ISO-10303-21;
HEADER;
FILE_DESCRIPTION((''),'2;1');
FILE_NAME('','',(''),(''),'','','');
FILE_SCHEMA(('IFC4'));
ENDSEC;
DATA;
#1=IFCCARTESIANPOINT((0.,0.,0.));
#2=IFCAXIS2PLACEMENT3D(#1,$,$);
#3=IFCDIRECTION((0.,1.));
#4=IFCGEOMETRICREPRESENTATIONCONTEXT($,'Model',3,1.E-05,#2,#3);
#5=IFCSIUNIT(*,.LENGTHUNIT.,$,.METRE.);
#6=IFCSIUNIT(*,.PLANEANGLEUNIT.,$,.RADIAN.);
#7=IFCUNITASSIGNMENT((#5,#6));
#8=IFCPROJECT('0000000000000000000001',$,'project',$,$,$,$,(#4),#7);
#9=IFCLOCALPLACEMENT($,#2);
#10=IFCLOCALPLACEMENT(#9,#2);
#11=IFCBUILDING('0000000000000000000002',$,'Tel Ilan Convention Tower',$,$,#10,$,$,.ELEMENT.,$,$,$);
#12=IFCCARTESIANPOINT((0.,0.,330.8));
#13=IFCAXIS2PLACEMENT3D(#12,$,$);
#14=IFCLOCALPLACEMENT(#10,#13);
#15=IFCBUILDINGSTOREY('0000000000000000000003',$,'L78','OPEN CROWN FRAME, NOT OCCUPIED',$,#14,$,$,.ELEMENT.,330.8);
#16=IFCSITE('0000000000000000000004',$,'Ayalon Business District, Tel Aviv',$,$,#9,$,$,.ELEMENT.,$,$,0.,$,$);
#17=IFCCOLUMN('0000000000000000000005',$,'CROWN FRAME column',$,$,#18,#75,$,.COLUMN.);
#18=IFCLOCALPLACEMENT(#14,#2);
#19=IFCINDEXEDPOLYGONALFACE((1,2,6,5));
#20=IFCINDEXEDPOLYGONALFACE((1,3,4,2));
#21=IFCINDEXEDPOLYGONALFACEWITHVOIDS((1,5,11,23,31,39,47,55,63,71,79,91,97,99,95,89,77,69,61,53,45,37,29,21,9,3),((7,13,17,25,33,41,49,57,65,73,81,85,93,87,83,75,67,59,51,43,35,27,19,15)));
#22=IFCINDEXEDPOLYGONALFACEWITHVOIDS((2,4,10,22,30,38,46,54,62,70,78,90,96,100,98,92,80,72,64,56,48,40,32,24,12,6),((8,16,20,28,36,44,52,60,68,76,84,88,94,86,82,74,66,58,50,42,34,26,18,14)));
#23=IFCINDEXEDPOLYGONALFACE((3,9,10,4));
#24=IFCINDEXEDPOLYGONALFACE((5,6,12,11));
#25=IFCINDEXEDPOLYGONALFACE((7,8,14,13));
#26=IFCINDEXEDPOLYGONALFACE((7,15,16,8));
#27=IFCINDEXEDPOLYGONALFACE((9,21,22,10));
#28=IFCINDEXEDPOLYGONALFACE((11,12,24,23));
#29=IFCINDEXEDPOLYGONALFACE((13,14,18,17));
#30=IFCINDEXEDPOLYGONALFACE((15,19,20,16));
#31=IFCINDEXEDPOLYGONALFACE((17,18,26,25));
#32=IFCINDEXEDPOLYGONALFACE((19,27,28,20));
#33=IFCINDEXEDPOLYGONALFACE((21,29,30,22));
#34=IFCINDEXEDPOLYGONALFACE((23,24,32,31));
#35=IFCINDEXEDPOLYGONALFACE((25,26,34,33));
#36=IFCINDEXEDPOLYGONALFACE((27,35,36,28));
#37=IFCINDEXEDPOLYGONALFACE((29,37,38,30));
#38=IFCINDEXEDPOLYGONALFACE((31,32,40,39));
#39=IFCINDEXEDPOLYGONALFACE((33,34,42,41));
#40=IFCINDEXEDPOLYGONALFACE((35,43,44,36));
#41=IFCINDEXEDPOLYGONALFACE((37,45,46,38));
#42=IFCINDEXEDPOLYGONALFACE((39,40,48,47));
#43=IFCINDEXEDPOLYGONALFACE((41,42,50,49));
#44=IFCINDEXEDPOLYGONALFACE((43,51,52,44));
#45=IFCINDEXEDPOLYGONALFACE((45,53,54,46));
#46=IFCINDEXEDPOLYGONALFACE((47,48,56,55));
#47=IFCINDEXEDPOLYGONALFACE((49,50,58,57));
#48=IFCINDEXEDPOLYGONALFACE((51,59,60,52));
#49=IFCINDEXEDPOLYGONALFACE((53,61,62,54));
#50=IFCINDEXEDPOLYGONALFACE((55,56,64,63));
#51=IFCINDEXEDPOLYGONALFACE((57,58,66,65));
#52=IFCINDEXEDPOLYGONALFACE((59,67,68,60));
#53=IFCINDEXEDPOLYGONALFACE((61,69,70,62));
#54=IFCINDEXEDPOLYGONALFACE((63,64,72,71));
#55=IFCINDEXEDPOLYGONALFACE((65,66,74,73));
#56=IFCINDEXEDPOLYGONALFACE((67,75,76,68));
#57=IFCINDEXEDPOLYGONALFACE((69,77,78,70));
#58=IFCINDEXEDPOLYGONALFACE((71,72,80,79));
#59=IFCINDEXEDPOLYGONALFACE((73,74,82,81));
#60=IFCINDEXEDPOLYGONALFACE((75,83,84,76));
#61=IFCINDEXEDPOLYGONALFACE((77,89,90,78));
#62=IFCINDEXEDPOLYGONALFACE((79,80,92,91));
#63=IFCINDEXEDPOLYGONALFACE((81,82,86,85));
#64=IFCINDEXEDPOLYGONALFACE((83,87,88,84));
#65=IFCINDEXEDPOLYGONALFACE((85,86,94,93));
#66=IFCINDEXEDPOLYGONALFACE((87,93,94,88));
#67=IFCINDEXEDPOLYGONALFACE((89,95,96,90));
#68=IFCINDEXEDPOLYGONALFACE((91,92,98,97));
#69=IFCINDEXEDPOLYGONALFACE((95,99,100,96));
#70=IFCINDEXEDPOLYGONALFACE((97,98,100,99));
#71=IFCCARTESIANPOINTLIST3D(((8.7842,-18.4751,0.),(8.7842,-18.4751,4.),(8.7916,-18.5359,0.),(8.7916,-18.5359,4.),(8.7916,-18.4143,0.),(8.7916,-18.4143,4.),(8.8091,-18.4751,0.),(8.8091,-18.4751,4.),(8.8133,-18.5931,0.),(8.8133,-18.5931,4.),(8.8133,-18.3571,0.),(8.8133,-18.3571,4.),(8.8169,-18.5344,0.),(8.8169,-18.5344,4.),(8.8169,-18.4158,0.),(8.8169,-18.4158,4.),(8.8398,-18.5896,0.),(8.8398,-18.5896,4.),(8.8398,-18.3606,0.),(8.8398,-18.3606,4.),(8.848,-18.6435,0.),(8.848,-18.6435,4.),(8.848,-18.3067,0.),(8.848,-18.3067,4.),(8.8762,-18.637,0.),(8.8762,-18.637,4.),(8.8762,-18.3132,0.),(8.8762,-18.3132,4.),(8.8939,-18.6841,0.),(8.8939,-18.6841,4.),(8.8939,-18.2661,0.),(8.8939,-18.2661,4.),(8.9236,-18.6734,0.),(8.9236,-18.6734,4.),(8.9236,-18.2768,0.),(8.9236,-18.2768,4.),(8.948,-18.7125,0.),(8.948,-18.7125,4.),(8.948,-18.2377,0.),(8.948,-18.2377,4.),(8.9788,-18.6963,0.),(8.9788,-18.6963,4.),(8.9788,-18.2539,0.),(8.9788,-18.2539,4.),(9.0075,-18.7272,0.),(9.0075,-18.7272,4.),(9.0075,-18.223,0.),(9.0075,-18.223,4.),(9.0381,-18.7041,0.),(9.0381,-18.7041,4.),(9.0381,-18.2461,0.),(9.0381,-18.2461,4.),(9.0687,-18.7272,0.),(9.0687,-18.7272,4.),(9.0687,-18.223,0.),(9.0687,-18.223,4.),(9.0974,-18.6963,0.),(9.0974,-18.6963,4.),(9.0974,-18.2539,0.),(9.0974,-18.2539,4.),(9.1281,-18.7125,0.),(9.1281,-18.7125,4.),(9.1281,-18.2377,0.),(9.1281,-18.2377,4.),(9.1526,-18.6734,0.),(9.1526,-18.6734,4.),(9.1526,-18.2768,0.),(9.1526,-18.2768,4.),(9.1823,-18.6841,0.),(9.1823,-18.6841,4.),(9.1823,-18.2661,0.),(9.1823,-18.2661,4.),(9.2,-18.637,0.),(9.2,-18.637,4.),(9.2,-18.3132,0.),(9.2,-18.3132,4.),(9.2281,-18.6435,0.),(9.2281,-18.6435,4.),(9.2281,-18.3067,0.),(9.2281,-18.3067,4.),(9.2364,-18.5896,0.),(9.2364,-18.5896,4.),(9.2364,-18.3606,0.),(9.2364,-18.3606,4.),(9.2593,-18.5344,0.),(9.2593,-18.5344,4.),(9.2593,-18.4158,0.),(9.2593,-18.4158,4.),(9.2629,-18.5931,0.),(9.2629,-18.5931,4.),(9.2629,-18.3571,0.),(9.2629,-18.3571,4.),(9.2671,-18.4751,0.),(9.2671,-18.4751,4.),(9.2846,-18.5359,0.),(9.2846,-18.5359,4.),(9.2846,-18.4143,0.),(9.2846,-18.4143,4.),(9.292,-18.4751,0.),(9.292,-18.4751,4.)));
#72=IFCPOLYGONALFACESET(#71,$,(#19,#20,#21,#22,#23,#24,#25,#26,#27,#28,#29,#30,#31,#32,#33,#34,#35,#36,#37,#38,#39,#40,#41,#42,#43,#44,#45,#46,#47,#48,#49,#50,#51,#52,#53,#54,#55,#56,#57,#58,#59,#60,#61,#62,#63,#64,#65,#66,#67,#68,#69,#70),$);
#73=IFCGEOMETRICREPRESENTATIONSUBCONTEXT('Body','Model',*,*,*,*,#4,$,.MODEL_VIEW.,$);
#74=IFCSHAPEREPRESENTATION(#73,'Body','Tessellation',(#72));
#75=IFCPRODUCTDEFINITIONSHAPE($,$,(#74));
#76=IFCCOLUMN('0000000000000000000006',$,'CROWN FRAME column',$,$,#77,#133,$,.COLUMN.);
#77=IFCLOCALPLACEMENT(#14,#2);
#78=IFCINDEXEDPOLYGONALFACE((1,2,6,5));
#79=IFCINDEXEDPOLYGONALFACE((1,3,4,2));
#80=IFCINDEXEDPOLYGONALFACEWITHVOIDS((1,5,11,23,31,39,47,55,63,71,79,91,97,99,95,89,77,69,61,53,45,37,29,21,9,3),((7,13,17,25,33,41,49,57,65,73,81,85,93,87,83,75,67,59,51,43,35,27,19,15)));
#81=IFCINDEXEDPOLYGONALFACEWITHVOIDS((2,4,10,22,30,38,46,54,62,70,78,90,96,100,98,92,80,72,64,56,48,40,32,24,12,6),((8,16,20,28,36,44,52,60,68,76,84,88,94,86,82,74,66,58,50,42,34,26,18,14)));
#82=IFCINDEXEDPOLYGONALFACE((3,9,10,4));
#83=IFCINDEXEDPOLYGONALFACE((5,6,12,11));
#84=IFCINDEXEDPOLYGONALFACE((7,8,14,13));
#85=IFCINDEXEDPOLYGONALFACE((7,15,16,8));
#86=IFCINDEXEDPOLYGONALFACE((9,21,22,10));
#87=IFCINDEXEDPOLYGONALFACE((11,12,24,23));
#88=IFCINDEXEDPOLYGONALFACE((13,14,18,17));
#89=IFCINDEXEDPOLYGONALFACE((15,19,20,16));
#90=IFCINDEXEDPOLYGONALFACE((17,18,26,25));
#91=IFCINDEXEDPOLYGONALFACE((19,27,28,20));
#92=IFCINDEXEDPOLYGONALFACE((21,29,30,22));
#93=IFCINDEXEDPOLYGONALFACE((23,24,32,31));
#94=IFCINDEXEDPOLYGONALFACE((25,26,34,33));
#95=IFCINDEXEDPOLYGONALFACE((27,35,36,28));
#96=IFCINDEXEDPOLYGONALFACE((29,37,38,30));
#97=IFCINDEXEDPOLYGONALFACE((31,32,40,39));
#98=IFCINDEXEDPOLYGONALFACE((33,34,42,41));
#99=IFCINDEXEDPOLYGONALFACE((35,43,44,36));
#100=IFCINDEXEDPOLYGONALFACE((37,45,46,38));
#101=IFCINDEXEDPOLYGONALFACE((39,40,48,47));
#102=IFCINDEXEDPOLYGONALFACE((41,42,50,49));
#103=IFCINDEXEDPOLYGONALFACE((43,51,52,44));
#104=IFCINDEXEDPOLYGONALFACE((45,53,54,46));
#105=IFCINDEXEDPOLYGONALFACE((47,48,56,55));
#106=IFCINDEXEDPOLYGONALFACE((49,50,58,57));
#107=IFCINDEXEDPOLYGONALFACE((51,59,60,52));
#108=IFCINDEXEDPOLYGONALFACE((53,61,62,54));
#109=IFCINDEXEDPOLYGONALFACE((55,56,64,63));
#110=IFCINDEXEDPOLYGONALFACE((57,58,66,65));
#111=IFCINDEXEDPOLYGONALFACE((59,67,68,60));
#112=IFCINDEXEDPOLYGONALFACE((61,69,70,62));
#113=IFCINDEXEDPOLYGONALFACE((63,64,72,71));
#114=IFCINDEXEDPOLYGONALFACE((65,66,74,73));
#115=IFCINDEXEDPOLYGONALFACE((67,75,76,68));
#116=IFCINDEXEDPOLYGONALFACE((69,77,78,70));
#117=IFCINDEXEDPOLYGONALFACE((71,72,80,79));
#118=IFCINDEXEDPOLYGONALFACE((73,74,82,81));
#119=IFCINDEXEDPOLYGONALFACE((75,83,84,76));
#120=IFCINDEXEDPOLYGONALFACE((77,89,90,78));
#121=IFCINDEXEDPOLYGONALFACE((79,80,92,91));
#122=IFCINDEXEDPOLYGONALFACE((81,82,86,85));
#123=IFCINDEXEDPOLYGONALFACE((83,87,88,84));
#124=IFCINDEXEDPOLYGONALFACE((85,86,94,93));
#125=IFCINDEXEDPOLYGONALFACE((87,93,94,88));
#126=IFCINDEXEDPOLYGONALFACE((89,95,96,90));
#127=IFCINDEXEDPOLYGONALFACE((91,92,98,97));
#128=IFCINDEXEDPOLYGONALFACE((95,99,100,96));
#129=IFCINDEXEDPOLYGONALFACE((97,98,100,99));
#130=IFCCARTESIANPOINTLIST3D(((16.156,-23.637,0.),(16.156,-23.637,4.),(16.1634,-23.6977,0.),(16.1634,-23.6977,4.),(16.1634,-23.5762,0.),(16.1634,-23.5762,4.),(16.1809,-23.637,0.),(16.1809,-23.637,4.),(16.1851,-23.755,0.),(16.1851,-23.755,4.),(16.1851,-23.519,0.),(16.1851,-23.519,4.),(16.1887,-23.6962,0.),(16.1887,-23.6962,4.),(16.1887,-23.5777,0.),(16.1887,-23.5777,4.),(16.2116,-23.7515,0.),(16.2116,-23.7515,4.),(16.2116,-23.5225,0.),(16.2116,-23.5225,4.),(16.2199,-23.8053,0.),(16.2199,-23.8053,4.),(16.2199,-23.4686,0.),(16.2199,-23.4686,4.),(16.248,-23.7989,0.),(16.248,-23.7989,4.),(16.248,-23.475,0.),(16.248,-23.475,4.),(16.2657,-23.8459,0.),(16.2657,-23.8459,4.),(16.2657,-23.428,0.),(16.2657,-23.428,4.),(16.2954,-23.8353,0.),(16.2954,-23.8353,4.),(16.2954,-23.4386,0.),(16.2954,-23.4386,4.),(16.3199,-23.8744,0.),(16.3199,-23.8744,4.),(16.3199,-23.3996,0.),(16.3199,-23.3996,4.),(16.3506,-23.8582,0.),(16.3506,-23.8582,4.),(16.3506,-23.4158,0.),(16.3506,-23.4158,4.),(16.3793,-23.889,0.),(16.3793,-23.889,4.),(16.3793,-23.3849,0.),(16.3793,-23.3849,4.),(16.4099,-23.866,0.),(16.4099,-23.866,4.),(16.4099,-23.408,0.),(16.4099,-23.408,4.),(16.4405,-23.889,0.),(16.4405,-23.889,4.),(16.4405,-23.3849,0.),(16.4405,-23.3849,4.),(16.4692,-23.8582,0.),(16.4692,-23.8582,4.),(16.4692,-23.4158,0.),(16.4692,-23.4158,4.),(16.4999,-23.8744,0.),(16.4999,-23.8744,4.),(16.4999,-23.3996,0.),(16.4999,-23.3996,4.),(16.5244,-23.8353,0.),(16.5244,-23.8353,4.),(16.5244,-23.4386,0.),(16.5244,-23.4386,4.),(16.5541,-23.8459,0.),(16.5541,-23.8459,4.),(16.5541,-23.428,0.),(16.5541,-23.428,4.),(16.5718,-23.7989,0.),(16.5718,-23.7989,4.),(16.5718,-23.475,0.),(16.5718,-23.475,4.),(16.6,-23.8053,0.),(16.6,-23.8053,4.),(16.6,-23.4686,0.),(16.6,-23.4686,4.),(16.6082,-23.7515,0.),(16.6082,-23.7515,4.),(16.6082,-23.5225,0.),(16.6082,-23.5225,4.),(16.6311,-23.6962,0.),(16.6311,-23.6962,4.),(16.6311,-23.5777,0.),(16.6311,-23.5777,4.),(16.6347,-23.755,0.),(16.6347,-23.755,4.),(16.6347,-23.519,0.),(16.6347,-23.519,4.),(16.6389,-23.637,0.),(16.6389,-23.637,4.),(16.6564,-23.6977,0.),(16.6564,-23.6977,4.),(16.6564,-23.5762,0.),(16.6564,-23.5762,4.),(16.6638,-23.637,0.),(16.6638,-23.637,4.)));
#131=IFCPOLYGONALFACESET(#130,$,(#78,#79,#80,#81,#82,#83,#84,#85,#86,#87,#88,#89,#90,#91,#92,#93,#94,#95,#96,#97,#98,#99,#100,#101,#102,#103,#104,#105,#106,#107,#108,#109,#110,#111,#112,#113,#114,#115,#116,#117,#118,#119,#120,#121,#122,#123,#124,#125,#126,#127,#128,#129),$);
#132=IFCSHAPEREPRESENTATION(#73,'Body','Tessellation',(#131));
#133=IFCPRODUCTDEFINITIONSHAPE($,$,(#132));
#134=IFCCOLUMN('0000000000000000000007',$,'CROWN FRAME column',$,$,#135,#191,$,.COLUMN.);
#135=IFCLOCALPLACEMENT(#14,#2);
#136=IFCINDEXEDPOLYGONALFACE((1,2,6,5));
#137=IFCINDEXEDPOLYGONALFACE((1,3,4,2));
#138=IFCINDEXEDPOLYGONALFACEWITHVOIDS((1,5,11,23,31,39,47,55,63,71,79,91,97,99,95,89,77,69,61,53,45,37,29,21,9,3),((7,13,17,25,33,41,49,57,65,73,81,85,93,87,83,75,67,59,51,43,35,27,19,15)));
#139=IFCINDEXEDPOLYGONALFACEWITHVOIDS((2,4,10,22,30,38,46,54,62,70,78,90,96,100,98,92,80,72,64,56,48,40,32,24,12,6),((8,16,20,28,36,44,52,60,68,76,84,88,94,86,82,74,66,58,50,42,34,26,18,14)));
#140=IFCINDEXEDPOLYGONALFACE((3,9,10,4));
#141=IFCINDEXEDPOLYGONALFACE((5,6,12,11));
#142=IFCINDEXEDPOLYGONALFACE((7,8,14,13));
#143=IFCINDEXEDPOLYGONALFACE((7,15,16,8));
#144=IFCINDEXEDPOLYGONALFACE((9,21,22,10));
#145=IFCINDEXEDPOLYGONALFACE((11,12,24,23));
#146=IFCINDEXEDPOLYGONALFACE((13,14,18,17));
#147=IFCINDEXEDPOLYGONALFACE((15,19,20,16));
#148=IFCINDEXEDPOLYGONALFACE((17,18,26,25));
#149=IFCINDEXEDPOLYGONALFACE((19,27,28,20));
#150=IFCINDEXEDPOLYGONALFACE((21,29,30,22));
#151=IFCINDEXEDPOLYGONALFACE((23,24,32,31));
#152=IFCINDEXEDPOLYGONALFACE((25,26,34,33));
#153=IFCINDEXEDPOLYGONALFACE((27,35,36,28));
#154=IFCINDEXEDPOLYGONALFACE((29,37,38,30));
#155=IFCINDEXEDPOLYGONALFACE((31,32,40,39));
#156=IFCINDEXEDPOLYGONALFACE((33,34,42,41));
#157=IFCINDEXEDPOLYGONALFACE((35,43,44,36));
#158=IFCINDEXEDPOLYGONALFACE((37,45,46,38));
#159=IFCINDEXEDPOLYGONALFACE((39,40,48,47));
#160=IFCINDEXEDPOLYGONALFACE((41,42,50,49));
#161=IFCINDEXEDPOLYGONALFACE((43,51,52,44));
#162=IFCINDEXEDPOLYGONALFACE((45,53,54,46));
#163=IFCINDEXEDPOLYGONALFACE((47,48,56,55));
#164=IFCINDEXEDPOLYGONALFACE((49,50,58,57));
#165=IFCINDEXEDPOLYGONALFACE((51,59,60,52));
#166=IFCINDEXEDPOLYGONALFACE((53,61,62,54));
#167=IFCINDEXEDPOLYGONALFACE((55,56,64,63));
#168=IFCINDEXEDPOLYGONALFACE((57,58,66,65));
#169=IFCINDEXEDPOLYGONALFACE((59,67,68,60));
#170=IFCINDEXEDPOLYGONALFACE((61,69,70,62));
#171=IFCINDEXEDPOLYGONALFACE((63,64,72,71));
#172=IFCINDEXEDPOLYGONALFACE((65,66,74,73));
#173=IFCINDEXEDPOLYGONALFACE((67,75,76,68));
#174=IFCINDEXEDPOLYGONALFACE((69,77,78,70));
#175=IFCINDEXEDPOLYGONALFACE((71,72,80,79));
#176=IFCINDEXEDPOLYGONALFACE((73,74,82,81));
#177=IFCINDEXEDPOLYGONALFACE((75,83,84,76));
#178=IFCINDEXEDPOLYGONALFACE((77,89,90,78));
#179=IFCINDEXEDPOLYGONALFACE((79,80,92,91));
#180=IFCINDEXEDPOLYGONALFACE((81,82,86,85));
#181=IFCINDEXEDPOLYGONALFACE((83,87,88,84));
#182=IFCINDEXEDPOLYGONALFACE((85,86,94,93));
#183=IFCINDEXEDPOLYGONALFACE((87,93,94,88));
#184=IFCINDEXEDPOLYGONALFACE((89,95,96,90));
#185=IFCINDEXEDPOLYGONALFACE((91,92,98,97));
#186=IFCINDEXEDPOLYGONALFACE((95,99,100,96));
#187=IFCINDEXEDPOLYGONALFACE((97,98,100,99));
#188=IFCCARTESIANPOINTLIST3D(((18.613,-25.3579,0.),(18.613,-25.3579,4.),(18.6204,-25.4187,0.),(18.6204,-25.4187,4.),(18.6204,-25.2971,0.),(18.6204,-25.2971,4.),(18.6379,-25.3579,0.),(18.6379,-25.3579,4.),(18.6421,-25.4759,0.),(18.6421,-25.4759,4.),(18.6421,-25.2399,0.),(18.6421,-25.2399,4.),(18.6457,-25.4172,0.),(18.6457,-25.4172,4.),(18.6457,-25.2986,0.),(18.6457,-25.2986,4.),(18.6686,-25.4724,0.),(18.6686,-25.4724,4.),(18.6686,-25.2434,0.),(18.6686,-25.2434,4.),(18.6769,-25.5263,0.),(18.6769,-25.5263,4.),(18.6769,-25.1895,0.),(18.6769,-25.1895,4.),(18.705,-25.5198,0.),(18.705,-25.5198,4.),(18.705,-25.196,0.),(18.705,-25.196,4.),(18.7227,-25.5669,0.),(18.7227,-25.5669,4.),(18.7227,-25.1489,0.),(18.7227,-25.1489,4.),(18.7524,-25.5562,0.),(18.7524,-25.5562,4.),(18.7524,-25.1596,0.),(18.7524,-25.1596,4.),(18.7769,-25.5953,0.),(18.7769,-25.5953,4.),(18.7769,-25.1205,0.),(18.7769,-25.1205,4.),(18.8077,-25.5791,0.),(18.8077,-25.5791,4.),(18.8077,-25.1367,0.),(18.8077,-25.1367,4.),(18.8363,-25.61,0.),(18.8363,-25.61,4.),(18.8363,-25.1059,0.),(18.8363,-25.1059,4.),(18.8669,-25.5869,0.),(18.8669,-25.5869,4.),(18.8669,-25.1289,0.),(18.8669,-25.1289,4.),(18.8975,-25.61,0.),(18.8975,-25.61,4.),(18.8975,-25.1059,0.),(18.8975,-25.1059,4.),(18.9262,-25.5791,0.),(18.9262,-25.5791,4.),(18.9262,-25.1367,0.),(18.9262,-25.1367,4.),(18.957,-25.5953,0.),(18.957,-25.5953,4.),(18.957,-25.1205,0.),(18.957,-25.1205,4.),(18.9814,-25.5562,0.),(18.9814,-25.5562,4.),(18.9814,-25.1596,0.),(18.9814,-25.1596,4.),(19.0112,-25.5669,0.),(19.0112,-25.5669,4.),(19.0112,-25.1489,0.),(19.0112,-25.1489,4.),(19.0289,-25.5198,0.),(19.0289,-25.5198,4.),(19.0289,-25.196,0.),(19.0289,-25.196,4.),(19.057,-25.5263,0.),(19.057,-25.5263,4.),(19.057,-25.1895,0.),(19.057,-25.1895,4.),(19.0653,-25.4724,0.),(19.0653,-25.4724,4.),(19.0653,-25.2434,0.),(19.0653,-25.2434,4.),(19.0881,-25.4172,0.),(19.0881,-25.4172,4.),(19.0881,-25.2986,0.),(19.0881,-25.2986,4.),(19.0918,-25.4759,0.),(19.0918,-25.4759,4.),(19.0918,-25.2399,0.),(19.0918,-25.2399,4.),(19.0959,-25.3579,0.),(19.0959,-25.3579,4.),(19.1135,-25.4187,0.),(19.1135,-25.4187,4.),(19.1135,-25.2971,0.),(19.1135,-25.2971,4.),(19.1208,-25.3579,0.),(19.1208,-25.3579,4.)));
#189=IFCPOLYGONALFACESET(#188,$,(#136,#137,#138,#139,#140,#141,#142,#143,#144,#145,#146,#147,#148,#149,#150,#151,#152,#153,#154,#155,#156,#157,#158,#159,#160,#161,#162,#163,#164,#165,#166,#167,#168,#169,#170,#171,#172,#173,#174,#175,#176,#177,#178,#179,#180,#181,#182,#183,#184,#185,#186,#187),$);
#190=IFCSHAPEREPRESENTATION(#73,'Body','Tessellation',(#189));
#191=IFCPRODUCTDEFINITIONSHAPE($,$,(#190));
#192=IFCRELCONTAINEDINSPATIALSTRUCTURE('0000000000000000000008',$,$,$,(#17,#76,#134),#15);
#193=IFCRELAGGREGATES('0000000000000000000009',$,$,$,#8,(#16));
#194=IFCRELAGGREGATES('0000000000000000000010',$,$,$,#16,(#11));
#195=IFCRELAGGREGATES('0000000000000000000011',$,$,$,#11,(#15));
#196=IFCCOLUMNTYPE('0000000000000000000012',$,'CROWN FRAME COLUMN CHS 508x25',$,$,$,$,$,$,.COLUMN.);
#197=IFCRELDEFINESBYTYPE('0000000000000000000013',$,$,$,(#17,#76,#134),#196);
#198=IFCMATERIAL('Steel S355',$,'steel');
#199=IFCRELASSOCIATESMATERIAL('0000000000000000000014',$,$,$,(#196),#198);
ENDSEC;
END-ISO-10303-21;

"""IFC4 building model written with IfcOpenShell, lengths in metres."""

from ifc_helpers import new_model, si_unit, direction, frame, origin, origin_2d, place, context, subcontext, project, spatial, hollow_circle, extrude, material, material_profile, profile_set, type_object, element, save


model = new_model("IFC4")

# Units and contexts
model_context = context("Model", 3, precision=1e-05, world=origin(), true_north=direction((0.0, 1.0)))
body_context = subcontext(model_context, "Body", "Model", "MODEL_VIEW")
ifc_project = project(units=[si_unit("LENGTHUNIT", "METRE"), si_unit("PLANEANGLEUNIT", "RADIAN")], contexts=[model_context])

# Site, building, storey
site_placement = place(None, origin())
site = spatial("IfcSite", under=ifc_project, at=site_placement, Name="Ayalon Business District, Tel Aviv", CompositionType="ELEMENT", RefElevation=0.0)
building_placement = place(site_placement, origin())
building = spatial("IfcBuilding", under=site, at=building_placement, Name="Tel Ilan Convention Tower", CompositionType="ELEMENT")
storey_placement = place(building_placement, frame((0.0, 0.0, 330.8)))
storey = spatial("IfcBuildingStorey", under=building, at=storey_placement, Name="L78", Description="OPEN CROWN FRAME, NOT OCCUPIED", CompositionType="ELEMENT", Elevation=330.8)

# Columns
ifc_material_1 = material(Name="Steel S355", Category="steel")
ifc_material_profile_1 = material_profile(ifc_material_1, hollow_circle(Radius=0.2539, WallThickness=0.0249, at=origin_2d()), Name="CHS 508x25")
ifc_profile_set_1 = profile_set([ifc_material_profile_1], Name="Steel S355")
column_type = type_object("IfcColumnType", Name="CROWN FRAME COLUMN CHS 508x25", PredefinedType="COLUMN", material=ifc_profile_set_1)
for number, where, z_axis, x_axis, name in (
    (1, (9.0381, -18.4751, 0.0), (0.0, 0.0, 1.0), (1.0, 0.0, 0.0), "CROWN FRAME column"),
    (2, (16.4099, -23.637, 0.0), (0.0, 0.0, 1.0), (1.0, 0.0, 0.0), "CROWN FRAME column"),
    (3, (18.8669, -25.3579, 0.0), (0.0, 0.0, 1.0), (1.0, 0.0, 0.0), "CROWN FRAME column"),
):
    element("IfcColumn", number, at=place(storey_placement, frame(where, z_axis=z_axis, x_axis=x_axis)), inside=storey, type_object=column_type, Name=name, PredefinedType="COLUMN", context=body_context, shape_type="SweptSolid", body=[
        extrude(hollow_circle(Radius=0.2539, WallThickness=0.0249, at=origin_2d()), origin(), (0.0, 0.0, 1.0), 4.0),
    ])

save(model, "model.ifc")
